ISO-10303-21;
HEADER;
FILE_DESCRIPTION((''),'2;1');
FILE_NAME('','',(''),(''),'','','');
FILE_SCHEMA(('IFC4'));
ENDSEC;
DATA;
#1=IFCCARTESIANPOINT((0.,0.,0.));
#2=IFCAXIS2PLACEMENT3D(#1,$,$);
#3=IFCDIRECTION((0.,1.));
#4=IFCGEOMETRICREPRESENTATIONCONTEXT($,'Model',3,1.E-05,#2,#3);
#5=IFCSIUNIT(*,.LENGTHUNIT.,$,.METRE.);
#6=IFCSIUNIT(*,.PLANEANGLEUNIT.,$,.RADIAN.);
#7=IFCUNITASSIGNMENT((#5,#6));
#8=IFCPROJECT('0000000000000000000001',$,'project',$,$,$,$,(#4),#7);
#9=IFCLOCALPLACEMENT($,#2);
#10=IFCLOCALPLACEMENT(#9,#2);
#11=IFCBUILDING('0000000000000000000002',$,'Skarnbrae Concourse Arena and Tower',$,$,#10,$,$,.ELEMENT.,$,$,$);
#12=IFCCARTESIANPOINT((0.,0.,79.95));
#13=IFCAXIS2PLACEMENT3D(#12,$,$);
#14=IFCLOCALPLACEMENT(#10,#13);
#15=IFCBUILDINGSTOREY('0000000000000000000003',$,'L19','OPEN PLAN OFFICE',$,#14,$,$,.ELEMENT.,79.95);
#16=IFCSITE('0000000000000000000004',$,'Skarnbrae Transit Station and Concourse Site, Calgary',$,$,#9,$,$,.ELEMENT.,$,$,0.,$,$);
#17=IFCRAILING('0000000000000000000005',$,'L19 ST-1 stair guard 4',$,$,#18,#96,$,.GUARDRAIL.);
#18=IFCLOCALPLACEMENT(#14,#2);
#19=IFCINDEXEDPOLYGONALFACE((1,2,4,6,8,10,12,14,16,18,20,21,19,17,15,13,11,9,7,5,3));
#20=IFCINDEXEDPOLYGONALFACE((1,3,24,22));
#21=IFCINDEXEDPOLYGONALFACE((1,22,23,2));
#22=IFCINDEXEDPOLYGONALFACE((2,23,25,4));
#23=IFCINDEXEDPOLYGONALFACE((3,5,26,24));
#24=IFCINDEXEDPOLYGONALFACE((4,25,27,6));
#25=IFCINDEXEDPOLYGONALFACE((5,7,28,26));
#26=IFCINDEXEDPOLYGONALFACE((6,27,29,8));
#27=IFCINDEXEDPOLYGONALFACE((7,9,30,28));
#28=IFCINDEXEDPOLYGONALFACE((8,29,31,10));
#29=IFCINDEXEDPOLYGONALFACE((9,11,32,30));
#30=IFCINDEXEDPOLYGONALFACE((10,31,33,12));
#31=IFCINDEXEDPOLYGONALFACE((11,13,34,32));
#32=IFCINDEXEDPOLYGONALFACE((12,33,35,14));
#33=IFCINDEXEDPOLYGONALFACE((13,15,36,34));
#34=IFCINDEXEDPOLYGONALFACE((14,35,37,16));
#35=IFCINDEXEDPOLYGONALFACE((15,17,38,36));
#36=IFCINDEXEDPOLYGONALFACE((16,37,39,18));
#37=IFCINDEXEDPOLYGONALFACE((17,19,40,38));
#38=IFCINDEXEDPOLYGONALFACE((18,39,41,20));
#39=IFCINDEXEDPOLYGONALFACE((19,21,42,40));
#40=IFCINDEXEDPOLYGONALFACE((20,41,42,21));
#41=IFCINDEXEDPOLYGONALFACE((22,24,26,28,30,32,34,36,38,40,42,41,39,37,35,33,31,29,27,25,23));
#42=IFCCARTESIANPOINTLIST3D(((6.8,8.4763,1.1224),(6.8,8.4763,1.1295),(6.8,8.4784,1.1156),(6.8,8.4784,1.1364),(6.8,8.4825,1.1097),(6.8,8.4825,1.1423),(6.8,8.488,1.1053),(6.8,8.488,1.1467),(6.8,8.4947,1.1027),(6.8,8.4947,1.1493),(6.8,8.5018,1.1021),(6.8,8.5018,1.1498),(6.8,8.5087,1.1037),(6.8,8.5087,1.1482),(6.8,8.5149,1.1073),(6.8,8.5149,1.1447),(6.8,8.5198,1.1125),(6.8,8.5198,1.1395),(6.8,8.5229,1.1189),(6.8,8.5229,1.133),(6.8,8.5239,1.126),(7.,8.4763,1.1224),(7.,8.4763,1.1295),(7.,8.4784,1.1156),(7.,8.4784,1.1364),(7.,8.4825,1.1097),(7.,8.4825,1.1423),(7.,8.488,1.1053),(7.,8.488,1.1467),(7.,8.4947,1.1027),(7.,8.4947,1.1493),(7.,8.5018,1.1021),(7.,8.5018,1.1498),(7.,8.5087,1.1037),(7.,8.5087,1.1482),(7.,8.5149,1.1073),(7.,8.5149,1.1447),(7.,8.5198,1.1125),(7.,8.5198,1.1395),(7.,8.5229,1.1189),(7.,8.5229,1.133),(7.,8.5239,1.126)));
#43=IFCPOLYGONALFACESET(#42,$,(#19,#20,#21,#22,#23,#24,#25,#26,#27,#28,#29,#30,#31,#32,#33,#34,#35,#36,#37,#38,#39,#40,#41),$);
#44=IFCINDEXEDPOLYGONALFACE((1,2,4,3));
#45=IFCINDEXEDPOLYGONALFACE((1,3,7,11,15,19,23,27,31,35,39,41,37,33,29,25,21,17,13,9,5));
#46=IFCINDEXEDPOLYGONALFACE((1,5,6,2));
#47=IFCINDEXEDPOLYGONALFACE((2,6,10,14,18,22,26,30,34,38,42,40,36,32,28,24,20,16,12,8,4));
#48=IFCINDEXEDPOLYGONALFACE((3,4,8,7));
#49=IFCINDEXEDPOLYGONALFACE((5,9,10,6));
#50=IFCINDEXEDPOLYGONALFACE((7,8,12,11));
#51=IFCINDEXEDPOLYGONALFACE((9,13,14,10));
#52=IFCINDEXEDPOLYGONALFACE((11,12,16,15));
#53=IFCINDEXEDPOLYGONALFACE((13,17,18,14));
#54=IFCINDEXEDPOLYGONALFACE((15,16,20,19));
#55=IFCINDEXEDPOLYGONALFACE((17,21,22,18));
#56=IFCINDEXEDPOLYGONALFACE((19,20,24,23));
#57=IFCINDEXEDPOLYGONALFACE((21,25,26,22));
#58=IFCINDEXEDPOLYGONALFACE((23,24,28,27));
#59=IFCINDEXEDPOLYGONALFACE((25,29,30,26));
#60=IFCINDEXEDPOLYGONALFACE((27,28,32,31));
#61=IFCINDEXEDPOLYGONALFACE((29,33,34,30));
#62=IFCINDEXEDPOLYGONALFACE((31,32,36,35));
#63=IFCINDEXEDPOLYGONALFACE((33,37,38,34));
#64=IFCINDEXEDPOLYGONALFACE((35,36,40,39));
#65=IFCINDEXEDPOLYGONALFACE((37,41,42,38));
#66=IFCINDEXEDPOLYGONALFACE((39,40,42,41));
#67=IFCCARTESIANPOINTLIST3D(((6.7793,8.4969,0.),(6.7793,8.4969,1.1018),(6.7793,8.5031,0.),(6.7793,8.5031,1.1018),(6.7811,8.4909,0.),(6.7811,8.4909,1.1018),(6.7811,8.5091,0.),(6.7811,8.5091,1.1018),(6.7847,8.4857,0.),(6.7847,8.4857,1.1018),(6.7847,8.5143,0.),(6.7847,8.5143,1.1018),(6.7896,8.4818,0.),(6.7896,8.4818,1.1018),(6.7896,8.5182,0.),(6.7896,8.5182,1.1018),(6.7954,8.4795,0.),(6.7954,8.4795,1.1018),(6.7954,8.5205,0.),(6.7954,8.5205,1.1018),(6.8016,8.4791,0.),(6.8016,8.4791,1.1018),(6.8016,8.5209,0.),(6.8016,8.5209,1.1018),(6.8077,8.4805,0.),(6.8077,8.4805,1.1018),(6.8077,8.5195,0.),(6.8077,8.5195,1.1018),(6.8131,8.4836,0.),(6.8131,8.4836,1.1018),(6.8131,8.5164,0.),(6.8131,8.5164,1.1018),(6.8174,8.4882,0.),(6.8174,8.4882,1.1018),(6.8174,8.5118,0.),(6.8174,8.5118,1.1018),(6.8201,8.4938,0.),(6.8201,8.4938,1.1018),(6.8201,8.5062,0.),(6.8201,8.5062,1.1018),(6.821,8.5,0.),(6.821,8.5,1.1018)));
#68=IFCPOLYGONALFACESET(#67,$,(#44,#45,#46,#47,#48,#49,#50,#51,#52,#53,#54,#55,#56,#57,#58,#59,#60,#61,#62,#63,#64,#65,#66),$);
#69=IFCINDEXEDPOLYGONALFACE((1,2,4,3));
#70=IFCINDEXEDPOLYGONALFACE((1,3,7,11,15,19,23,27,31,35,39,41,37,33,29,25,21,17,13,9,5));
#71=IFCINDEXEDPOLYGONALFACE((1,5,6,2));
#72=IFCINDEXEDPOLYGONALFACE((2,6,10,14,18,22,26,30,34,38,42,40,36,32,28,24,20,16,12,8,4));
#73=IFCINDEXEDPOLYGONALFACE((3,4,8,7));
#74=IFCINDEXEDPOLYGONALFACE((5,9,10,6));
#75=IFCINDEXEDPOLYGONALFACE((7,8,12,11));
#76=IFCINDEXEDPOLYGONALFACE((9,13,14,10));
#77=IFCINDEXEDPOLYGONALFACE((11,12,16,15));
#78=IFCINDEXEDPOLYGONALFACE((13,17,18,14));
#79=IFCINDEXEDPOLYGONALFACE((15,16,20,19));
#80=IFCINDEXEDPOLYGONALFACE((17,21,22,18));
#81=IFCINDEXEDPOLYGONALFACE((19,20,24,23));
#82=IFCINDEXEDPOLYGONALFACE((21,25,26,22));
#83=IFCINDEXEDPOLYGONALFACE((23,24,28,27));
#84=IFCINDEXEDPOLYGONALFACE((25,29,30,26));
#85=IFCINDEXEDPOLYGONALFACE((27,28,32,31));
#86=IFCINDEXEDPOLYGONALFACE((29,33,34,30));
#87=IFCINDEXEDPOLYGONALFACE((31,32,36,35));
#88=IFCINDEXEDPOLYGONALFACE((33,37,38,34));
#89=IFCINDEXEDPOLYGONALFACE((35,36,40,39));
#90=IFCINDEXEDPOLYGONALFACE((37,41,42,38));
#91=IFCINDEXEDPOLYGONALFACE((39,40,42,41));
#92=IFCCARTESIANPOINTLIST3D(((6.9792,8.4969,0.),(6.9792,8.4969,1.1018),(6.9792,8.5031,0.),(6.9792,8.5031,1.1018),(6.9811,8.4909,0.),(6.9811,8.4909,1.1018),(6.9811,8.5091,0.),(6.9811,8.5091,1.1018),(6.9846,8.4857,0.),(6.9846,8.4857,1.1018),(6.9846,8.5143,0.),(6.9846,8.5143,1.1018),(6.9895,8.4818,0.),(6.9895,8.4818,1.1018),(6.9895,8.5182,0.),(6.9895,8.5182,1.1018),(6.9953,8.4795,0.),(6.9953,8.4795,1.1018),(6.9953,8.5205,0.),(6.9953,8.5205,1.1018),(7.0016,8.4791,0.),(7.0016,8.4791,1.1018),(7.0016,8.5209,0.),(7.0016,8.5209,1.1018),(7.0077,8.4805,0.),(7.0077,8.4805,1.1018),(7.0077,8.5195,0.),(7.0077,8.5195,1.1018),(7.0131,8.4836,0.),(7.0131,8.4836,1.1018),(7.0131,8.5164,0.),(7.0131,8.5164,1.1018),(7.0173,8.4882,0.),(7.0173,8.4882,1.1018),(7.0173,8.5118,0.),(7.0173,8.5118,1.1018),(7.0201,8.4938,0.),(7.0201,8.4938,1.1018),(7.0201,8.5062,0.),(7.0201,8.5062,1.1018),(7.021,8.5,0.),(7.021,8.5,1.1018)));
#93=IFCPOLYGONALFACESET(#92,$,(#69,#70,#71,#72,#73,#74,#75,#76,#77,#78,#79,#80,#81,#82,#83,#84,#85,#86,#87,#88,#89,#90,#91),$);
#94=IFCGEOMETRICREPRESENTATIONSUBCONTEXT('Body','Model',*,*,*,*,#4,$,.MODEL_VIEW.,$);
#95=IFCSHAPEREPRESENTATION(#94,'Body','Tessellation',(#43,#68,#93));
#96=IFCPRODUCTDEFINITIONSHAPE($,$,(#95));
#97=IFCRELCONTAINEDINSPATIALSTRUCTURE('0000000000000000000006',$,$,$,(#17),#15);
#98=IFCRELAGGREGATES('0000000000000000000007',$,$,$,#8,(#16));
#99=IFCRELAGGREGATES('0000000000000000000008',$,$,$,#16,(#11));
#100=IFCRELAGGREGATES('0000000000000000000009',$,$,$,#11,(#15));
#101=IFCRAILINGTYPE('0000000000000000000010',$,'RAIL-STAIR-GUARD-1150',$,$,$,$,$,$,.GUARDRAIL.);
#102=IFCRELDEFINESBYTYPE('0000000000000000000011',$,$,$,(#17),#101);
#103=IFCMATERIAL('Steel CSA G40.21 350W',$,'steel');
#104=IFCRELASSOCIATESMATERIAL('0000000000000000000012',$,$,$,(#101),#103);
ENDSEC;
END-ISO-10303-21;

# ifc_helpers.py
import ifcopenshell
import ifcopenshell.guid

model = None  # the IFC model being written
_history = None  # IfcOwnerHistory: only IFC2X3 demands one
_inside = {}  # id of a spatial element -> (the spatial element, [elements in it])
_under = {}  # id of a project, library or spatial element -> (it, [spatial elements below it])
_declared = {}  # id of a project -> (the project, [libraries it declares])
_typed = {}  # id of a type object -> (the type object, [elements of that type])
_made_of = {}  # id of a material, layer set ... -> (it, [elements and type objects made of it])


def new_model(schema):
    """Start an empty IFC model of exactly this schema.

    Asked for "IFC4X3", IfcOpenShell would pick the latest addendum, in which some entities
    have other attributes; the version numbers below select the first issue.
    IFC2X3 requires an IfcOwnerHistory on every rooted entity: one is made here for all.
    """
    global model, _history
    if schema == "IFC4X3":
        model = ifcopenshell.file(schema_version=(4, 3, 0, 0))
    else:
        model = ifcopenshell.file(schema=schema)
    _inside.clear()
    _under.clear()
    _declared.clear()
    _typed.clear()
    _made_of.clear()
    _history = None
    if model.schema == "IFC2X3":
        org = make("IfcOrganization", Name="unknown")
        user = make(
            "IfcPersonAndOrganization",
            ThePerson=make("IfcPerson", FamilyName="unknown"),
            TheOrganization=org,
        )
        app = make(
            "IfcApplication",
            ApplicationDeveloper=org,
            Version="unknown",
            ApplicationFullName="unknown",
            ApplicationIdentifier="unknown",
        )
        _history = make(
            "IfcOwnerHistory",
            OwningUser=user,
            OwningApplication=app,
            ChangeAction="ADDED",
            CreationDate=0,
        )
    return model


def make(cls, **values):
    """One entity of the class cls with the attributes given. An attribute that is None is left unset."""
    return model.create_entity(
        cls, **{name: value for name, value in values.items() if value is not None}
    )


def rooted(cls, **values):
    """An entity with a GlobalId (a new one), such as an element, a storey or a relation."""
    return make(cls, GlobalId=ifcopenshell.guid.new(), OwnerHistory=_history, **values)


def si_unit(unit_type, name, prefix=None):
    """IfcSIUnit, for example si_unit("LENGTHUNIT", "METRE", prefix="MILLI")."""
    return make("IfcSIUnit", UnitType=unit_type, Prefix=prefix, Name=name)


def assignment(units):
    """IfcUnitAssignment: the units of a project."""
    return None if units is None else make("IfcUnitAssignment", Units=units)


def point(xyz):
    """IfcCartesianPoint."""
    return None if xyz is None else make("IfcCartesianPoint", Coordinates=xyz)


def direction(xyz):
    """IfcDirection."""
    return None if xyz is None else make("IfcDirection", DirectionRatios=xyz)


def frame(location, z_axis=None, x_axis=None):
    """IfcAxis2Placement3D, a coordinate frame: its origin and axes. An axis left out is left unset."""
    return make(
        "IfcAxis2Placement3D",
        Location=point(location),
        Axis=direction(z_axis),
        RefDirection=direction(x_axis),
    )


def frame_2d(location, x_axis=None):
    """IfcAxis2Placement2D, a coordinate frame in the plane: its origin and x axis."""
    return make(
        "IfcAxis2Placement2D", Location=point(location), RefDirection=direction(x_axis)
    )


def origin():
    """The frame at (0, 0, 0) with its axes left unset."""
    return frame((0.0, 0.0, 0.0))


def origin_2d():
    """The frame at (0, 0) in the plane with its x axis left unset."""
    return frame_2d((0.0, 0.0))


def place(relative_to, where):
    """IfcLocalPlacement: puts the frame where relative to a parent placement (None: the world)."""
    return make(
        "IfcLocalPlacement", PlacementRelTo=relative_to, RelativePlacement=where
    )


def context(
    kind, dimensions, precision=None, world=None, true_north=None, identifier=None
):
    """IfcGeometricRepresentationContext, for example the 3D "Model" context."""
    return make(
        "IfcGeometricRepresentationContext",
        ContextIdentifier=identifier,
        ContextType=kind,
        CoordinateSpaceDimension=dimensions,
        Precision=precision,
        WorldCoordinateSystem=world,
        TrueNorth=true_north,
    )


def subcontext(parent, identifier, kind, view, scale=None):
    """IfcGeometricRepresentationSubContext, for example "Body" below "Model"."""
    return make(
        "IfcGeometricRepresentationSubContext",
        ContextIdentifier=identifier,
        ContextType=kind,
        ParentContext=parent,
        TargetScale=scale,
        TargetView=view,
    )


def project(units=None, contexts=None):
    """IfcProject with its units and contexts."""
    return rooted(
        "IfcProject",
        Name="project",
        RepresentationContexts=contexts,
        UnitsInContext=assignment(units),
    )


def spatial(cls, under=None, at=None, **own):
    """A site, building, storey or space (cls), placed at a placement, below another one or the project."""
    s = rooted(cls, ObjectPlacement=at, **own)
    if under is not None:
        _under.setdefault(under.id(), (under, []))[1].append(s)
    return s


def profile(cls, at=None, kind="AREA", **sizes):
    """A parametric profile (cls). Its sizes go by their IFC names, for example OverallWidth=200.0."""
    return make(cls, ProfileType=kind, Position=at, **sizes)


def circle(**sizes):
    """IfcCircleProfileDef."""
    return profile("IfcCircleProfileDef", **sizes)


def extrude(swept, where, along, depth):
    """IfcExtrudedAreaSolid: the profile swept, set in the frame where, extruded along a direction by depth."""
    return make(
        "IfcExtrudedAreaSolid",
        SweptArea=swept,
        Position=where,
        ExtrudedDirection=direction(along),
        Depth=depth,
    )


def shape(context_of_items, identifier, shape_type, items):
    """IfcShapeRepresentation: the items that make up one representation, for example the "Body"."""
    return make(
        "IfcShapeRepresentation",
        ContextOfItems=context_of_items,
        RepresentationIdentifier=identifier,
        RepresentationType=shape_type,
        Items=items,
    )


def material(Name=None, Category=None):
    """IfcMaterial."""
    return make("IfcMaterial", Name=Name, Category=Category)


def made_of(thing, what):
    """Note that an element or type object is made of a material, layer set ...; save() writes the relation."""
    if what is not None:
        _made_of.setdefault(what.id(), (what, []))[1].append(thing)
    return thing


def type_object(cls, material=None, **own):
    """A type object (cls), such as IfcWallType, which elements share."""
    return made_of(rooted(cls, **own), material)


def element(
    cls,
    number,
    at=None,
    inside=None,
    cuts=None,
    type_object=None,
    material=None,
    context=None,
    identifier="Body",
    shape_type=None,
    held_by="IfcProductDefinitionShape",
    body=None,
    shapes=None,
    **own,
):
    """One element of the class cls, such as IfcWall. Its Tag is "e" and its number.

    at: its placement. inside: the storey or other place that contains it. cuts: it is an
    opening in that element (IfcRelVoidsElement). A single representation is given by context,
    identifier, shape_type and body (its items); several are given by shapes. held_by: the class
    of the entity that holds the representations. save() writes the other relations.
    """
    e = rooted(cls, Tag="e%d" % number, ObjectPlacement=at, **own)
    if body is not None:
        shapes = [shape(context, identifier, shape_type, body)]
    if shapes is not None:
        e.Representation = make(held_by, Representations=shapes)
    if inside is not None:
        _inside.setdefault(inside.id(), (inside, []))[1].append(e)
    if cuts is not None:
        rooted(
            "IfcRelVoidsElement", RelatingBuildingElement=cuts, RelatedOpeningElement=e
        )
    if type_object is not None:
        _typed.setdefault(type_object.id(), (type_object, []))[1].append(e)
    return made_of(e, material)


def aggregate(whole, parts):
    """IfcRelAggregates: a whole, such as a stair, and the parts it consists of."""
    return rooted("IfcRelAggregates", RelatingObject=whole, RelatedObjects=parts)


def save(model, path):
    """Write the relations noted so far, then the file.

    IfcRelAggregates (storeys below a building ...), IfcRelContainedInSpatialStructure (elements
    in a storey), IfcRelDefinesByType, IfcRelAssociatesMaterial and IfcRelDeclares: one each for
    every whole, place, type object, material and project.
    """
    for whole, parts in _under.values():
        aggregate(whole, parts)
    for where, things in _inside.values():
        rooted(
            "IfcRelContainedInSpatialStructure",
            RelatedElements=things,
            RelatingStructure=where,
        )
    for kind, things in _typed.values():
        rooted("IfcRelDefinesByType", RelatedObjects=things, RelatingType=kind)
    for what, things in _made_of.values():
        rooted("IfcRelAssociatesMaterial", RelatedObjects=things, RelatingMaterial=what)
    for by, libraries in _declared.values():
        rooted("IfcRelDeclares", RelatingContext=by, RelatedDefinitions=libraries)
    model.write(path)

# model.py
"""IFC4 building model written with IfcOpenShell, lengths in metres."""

from ifc_helpers import new_model, si_unit, direction, frame, origin, origin_2d, place, context, subcontext, project, spatial, circle, extrude, material, type_object, element, save


model = new_model("IFC4")

# Units and contexts
model_context = context("Model", 3, precision=1e-05, world=origin(), true_north=direction((0.0, 1.0)))
body_context = subcontext(model_context, "Body", "Model", "MODEL_VIEW")
ifc_project = project(units=[si_unit("LENGTHUNIT", "METRE"), si_unit("PLANEANGLEUNIT", "RADIAN")], contexts=[model_context])

# Site, building, storey
site_placement = place(None, origin())
site = spatial("IfcSite", under=ifc_project, at=site_placement, Name="Skarnbrae Transit Station and Concourse Site, Calgary", CompositionType="ELEMENT", RefElevation=0.0)
building_placement = place(site_placement, origin())
building = spatial("IfcBuilding", under=site, at=building_placement, Name="Skarnbrae Concourse Arena and Tower", CompositionType="ELEMENT")
storey_placement = place(building_placement, frame((0.0, 0.0, 79.95)))
storey = spatial("IfcBuildingStorey", under=building, at=storey_placement, Name="L19", Description="OPEN PLAN OFFICE", CompositionType="ELEMENT", Elevation=79.95)

# Shared definitions
ifc_material_1 = material(Name="Steel CSA G40.21 350W", Category="steel")

# Railing
railing_type_1 = type_object("IfcRailingType", Name="RAIL-STAIR-GUARD-1150", PredefinedType="GUARDRAIL", material=ifc_material_1)
railing_1_placement = place(storey_placement, frame((6.8, 8.5, 0.0)))
element("IfcRailing", 1, at=railing_1_placement, inside=storey, type_object=railing_type_1, Name="L19 ST-1 stair guard 4", PredefinedType="GUARDRAIL", context=body_context, shape_type="SweptSolid", body=[
    extrude(circle(Radius=0.0239, at=origin_2d()), frame((0.0, 0.0, 1.126), z_axis=(1.0, 0.0, 0.0), x_axis=(0.0, 1.0, 0.0)), (0.0, 0.0, 1.0), 0.2),
    extrude(circle(Radius=0.021, at=origin_2d()), origin(), (0.0, 0.0, 1.0), 1.1018),
    extrude(circle(Radius=0.021, at=origin_2d()), frame((0.2, 0.0, 0.0)), (0.0, 0.0, 1.0), 1.1018),
])

save(model, "model.ifc")
